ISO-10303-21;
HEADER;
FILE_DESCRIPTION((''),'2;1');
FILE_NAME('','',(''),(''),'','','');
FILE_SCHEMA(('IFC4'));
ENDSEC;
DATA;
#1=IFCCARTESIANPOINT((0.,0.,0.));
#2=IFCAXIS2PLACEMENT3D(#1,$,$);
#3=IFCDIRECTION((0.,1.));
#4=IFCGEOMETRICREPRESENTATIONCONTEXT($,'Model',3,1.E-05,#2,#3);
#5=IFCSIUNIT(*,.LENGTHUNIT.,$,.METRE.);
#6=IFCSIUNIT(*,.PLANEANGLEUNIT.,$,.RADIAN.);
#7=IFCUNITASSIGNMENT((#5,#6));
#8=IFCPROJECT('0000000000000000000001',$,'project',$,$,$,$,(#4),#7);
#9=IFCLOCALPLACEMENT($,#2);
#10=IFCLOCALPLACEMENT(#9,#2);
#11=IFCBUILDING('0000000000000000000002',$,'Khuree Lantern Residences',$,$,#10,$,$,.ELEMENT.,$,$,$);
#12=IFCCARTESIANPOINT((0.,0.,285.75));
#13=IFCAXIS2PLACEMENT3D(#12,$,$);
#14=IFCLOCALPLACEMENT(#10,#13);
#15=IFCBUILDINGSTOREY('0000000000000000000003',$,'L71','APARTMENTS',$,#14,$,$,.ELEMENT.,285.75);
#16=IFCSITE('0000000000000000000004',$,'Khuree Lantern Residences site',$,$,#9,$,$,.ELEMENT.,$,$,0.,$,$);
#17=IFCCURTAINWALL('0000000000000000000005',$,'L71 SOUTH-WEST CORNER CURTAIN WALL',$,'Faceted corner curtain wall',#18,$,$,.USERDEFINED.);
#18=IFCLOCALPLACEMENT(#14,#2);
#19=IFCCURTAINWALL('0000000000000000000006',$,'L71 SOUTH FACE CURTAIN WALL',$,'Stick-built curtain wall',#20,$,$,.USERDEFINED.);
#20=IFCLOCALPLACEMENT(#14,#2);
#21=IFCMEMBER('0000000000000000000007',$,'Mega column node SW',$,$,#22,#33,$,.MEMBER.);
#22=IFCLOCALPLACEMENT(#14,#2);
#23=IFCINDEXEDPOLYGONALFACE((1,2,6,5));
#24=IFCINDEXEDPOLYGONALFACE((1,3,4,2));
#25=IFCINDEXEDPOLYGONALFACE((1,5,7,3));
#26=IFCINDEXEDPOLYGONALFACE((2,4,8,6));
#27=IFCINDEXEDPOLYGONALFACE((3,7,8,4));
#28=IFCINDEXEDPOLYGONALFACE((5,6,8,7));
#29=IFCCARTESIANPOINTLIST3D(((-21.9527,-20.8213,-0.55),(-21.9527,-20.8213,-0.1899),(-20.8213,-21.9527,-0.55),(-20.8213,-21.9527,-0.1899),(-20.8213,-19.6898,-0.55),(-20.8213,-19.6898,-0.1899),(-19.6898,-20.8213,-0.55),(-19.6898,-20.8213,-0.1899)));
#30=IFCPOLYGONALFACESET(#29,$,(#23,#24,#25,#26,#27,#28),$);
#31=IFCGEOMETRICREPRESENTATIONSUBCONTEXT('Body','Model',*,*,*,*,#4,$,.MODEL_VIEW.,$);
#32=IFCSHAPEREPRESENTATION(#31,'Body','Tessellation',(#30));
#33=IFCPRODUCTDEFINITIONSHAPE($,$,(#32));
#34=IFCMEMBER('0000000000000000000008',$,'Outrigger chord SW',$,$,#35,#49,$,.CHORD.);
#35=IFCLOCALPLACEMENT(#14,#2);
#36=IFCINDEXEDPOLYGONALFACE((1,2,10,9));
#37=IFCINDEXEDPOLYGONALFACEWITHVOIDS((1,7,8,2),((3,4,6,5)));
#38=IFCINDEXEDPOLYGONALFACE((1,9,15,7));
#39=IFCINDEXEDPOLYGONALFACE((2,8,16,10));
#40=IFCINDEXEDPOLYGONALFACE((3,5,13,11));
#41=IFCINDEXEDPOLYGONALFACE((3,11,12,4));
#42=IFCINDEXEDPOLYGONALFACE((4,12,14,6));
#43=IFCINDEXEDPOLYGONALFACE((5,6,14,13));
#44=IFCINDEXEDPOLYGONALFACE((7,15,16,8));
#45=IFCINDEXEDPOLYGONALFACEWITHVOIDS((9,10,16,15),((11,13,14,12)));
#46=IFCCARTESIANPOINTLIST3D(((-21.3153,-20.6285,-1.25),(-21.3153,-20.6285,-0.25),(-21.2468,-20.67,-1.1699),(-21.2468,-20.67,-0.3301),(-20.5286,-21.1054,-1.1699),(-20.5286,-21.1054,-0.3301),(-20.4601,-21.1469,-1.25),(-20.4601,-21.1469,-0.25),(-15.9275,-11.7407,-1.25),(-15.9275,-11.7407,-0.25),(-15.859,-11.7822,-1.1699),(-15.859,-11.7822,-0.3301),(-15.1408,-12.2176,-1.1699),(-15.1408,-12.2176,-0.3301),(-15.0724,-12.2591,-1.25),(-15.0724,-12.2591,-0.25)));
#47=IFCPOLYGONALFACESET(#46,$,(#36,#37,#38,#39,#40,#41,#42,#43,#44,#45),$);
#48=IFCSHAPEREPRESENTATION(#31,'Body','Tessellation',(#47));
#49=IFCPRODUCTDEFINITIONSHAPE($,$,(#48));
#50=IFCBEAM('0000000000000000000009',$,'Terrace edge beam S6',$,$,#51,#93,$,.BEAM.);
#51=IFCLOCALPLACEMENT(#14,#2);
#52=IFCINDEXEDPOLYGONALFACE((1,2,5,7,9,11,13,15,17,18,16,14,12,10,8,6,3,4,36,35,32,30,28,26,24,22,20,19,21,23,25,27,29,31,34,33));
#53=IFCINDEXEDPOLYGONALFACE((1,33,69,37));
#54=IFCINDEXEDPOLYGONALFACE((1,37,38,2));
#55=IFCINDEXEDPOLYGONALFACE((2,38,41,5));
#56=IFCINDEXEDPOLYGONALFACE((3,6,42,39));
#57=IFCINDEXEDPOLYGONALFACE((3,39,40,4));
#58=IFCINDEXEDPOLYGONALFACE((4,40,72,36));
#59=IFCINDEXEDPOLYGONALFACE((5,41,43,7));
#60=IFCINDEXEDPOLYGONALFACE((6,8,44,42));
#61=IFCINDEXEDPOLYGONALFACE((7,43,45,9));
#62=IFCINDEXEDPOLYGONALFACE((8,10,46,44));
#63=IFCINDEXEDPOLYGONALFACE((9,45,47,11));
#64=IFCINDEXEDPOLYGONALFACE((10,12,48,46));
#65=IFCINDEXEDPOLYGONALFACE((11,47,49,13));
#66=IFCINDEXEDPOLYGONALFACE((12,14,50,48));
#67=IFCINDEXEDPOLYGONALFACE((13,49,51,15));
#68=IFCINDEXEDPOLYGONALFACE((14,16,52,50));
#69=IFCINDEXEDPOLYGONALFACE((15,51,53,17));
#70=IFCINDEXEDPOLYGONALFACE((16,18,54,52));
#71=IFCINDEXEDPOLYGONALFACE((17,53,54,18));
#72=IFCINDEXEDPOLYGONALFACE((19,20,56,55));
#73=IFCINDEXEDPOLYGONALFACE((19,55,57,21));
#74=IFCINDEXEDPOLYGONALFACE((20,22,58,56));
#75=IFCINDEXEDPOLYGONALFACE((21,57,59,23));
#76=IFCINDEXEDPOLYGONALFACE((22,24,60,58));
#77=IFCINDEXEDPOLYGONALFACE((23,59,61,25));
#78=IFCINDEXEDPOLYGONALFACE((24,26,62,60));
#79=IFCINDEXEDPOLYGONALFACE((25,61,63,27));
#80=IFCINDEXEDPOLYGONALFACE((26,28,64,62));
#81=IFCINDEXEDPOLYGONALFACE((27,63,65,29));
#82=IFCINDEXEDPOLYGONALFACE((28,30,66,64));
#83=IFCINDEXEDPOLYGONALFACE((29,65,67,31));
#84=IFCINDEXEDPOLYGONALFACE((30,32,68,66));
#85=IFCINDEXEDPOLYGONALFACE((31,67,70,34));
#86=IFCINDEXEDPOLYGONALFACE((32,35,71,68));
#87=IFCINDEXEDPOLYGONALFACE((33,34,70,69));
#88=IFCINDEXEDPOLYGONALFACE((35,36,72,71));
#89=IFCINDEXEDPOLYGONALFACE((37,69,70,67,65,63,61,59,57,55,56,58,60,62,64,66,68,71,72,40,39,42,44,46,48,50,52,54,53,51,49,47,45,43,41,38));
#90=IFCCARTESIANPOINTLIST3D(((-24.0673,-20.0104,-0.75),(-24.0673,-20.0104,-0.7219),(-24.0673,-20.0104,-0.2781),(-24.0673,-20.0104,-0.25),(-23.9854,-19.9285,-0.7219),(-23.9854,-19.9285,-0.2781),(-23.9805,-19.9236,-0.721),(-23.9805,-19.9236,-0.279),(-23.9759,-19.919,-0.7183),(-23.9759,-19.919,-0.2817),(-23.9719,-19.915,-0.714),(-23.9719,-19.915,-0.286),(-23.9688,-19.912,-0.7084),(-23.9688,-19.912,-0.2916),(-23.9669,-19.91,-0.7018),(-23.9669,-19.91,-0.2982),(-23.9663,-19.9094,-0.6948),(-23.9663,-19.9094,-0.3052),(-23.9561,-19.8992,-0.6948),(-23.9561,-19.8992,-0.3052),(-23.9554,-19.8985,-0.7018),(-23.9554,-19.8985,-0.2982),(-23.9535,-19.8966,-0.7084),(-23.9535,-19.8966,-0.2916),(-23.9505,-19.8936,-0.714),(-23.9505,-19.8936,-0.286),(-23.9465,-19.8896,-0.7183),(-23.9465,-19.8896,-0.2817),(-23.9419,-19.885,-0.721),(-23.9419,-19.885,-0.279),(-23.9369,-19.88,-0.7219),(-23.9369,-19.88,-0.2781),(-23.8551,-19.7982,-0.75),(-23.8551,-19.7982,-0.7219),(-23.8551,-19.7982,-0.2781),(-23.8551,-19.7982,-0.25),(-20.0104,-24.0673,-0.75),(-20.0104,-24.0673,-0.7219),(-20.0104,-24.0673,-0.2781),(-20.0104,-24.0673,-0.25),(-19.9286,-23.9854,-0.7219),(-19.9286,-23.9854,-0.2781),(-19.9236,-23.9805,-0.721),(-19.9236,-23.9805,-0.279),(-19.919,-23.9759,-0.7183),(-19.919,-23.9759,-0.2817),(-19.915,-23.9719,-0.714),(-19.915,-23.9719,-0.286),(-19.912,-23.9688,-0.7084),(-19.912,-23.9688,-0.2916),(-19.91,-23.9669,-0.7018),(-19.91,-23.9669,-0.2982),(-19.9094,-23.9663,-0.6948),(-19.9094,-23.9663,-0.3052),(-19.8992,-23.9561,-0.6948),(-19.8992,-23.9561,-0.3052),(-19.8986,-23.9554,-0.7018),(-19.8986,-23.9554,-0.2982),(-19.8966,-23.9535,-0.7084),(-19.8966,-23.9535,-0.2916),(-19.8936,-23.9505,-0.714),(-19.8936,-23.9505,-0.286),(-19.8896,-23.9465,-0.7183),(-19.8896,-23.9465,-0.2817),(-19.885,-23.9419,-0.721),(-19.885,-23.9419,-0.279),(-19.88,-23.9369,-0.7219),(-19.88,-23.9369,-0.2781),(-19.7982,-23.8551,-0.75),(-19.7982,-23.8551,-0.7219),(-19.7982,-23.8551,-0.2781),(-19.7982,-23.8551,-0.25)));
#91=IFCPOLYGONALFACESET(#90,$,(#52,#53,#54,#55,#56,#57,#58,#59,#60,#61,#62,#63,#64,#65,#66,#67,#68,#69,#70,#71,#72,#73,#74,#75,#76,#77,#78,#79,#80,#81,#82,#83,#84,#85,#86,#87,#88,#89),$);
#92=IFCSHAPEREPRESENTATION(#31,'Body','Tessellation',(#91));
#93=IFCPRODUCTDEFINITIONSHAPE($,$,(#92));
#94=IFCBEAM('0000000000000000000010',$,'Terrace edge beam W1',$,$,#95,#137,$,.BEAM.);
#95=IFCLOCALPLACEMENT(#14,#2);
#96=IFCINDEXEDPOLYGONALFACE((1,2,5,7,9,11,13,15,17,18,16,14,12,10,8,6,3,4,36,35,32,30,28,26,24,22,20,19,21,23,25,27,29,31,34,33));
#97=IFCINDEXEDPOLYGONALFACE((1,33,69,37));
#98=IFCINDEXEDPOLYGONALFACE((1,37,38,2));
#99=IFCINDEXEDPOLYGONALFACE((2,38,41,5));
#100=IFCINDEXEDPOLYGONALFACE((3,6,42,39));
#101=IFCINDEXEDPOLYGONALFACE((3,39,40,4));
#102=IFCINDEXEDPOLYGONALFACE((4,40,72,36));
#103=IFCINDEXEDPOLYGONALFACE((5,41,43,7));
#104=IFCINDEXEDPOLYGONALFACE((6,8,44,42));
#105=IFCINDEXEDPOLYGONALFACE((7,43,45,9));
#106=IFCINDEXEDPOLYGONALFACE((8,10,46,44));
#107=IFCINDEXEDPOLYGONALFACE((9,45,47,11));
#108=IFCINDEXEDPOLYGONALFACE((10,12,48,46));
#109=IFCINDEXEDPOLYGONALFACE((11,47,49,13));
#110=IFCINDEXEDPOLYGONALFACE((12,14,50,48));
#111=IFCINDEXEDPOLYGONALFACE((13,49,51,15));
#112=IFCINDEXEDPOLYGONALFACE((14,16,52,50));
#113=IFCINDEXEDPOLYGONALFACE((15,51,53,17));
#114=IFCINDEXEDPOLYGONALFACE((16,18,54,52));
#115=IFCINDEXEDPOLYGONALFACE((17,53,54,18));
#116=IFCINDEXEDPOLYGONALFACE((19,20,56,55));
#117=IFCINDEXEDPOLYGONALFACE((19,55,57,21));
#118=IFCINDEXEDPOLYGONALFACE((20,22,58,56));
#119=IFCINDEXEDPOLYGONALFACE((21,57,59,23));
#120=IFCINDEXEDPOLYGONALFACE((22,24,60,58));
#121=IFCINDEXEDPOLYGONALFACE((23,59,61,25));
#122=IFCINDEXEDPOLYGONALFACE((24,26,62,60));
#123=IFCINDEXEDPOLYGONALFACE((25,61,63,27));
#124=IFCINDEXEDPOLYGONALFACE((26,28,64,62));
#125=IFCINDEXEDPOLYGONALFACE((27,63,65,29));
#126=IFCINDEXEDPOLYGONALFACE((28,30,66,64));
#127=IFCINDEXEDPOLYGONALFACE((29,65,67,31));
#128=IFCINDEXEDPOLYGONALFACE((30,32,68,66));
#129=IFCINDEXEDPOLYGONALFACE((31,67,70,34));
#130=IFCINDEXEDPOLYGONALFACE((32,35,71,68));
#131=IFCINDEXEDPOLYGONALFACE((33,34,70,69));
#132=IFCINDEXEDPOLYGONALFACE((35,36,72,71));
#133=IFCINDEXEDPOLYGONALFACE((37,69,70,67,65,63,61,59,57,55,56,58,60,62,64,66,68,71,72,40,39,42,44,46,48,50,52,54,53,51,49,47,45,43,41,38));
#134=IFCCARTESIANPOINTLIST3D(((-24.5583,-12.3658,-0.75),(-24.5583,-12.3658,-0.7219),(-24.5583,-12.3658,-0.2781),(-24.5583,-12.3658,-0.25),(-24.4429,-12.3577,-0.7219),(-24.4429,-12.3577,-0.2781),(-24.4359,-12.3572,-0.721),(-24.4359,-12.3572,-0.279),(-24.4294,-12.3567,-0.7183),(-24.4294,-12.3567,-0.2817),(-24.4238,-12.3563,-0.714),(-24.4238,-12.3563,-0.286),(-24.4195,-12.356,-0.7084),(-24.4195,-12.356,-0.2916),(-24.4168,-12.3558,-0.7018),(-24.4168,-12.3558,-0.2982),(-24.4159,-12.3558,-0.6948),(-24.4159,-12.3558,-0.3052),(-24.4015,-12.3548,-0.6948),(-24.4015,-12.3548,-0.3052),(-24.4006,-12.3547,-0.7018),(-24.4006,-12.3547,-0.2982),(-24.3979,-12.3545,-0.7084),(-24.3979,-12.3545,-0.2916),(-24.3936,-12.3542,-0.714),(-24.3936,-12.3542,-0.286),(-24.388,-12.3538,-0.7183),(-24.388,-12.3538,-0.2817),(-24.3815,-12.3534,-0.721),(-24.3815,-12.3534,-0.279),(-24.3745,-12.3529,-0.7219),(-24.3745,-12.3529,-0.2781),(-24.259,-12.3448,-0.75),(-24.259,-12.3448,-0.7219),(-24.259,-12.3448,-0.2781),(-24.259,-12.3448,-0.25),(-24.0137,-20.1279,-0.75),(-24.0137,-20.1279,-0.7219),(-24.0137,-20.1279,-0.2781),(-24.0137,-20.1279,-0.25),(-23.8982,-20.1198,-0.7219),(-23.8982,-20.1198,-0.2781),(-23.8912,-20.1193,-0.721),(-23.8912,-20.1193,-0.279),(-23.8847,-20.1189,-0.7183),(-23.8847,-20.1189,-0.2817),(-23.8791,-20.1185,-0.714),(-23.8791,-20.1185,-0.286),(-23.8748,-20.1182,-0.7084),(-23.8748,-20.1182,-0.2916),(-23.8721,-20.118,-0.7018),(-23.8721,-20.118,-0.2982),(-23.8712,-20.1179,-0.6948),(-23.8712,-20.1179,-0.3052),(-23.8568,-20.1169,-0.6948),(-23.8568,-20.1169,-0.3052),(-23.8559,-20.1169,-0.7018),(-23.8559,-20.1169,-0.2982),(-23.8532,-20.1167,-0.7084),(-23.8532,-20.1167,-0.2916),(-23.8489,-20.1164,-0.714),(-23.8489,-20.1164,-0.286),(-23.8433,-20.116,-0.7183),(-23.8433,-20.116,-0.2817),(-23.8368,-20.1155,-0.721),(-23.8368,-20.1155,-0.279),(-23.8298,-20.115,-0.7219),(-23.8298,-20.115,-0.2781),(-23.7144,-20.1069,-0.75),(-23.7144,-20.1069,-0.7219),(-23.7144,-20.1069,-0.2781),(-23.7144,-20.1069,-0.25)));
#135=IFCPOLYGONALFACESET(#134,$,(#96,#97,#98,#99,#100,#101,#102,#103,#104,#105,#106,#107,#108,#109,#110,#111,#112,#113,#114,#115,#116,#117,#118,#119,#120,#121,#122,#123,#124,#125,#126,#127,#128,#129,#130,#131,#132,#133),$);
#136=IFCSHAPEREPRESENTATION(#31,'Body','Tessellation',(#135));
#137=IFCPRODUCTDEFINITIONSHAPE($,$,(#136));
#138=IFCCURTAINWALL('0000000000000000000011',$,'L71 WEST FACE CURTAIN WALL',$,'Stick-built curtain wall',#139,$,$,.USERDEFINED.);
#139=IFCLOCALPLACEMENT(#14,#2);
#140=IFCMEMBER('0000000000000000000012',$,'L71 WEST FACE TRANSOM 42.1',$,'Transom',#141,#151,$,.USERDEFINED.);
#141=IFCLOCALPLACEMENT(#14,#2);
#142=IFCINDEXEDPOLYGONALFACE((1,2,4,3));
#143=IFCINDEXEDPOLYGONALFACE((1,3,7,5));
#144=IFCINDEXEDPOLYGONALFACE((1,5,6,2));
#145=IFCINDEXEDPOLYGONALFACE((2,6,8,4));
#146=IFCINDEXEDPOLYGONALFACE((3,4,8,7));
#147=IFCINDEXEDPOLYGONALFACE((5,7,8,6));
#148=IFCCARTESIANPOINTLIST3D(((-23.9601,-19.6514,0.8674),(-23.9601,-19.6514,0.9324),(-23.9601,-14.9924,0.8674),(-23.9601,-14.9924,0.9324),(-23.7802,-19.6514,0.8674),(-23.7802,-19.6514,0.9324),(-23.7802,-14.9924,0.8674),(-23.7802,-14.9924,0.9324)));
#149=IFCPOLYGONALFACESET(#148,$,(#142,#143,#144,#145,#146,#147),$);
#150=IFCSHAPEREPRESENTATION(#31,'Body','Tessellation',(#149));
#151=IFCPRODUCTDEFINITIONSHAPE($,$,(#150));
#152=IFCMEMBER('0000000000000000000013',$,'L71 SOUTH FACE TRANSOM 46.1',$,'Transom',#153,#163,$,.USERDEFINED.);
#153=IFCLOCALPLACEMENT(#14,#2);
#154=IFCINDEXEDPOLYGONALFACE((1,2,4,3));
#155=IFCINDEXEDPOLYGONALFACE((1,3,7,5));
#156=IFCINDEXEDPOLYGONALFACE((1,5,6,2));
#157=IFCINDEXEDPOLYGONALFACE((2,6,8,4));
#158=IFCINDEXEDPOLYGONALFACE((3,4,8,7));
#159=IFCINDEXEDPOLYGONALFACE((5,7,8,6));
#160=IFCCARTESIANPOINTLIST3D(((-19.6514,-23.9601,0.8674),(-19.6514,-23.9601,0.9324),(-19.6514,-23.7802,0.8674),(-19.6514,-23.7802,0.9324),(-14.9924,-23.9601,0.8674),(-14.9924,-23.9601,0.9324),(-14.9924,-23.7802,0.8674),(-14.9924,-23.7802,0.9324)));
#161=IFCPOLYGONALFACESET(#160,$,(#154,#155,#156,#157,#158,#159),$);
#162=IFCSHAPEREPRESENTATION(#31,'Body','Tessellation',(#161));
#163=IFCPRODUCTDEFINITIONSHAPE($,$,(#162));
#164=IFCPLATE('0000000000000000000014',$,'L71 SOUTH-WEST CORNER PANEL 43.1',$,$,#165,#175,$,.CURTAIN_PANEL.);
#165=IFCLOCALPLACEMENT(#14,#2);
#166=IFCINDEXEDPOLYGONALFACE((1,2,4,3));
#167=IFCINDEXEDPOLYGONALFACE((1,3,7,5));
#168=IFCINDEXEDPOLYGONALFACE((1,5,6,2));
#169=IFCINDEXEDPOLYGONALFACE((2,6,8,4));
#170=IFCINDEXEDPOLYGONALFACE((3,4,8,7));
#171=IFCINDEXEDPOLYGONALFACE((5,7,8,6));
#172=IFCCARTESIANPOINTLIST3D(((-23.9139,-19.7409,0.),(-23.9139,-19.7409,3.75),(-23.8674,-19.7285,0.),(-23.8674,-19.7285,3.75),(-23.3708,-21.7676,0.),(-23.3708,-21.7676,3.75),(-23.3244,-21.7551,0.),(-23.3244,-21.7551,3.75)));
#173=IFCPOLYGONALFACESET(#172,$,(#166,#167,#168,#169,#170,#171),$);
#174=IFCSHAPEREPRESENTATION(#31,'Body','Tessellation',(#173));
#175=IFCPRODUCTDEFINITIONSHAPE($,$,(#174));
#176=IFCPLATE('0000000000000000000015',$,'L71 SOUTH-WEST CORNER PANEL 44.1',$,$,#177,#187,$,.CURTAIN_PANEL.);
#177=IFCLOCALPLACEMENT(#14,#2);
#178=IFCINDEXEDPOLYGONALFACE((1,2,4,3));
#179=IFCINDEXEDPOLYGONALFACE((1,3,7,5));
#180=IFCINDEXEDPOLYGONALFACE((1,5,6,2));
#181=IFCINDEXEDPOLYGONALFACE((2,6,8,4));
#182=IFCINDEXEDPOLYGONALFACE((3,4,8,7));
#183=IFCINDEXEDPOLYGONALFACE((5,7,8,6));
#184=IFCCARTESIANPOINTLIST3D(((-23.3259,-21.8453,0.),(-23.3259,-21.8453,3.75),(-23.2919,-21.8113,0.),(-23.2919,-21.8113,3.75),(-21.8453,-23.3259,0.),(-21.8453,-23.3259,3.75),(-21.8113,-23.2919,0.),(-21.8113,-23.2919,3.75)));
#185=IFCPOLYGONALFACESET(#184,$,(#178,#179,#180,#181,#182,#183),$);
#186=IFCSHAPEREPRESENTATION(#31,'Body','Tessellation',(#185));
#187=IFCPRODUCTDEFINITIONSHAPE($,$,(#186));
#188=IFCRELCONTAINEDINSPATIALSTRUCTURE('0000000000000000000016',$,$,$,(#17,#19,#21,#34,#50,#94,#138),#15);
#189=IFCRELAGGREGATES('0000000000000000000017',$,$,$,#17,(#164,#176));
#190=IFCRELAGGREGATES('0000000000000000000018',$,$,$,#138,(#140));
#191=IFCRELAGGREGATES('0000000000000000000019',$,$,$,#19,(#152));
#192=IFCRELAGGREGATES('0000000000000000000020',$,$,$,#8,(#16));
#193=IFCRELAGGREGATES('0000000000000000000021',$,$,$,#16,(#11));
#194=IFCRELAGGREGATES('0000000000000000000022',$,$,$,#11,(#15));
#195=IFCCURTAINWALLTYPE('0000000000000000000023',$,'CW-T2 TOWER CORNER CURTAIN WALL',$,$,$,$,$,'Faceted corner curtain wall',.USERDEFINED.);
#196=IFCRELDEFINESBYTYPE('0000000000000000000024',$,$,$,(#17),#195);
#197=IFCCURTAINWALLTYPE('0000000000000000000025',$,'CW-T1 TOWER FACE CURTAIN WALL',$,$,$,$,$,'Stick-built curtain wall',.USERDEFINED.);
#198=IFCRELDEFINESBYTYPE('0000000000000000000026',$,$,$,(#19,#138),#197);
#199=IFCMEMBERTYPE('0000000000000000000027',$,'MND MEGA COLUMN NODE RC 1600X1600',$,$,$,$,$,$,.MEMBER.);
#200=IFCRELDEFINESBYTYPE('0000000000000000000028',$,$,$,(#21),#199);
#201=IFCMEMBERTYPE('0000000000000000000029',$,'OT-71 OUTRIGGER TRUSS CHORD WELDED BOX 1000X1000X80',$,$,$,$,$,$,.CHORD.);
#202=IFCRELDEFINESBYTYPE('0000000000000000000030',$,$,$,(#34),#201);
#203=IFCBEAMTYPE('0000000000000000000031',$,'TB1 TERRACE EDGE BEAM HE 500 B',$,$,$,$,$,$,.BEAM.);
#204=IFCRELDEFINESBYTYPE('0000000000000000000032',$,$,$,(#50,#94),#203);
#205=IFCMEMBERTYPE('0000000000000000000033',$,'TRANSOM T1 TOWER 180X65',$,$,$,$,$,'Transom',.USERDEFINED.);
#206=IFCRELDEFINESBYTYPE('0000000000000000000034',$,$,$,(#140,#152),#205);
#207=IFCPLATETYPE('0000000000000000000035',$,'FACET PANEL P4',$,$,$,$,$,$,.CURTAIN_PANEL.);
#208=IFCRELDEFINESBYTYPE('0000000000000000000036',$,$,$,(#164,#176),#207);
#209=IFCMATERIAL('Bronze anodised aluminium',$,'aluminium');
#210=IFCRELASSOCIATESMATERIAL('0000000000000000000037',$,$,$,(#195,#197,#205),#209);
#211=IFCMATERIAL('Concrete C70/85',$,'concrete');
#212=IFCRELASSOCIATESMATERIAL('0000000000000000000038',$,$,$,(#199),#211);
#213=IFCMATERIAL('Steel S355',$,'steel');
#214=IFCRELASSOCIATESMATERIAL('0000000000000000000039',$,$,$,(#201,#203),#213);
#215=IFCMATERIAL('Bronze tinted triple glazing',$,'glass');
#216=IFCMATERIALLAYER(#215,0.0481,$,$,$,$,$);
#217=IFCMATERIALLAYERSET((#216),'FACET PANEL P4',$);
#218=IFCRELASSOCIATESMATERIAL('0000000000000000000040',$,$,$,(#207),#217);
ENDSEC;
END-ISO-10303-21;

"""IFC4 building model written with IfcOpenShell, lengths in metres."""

from ifc_helpers import new_model, si_unit, direction, frame, origin, origin_2d, place, context, subcontext, project, spatial, rectangle, hollow_rectangle, i_section, extrude, material, layer, layer_set, material_profile, profile_set, type_object, element, aggregate, save


model = new_model("IFC4")

# Units and contexts
model_context = context("Model", 3, precision=1e-05, world=origin(), true_north=direction((0.0, 1.0)))
body_context = subcontext(model_context, "Body", "Model", "MODEL_VIEW")
ifc_project = project(units=[si_unit("LENGTHUNIT", "METRE"), si_unit("PLANEANGLEUNIT", "RADIAN")], contexts=[model_context])

# Site, building, storey
site_placement = place(None, origin())
site = spatial("IfcSite", under=ifc_project, at=site_placement, Name="Khuree Lantern Residences site", CompositionType="ELEMENT", RefElevation=0.0)
building_placement = place(site_placement, origin())
building = spatial("IfcBuilding", under=site, at=building_placement, Name="Khuree Lantern Residences", CompositionType="ELEMENT")
storey_placement = place(building_placement, frame((0.0, 0.0, 285.75)))
storey = spatial("IfcBuildingStorey", under=building, at=storey_placement, Name="L71", Description="APARTMENTS", CompositionType="ELEMENT", Elevation=285.75)

# Shared definitions
ifc_material_1 = material(Name="Concrete C70/85", Category="concrete")

# Shared definitions
ifc_material_2 = material(Name="Steel S355", Category="steel")

# Curtain wall
ifc_material_3 = material(Name="Bronze anodised aluminium", Category="aluminium")
curtain_wall_type_1 = type_object("IfcCurtainWallType", Name="CW-T2 TOWER CORNER CURTAIN WALL", ElementType="Faceted corner curtain wall", PredefinedType="USERDEFINED", material=ifc_material_3)
curtain_wall_1_placement = place(storey_placement, origin())
curtain_wall_1 = element("IfcCurtainWall", 1, at=curtain_wall_1_placement, inside=storey, type_object=curtain_wall_type_1, Name="L71 SOUTH-WEST CORNER CURTAIN WALL", ObjectType="Faceted corner curtain wall", PredefinedType="USERDEFINED")

# Curtain wall
curtain_wall_type_2 = type_object("IfcCurtainWallType", Name="CW-T1 TOWER FACE CURTAIN WALL", ElementType="Stick-built curtain wall", PredefinedType="USERDEFINED", material=ifc_material_3)
curtain_wall_2_placement = place(storey_placement, origin())
curtain_wall_2 = element("IfcCurtainWall", 2, at=curtain_wall_2_placement, inside=storey, type_object=curtain_wall_type_2, Name="L71 SOUTH FACE CURTAIN WALL", ObjectType="Stick-built curtain wall", PredefinedType="USERDEFINED")

# Members
ifc_material_profile_1 = material_profile(ifc_material_1, rectangle(XDim=1.6001, YDim=1.6001, at=origin_2d()), Name="RC 1600X1600")
ifc_profile_set_1 = profile_set([ifc_material_profile_1], Name="Concrete C70/85")
member_type_1 = type_object("IfcMemberType", Name="MND MEGA COLUMN NODE RC 1600X1600", PredefinedType="MEMBER", material=ifc_profile_set_1)
member_1_placement = place(storey_placement, frame((-20.8213, -20.8213, -0.55), z_axis=(0.0, 0.0, 1.0), x_axis=(0.707107, -0.707107, 0.0)))
element("IfcMember", 3, at=member_1_placement, inside=storey, type_object=member_type_1, Name="Mega column node SW", PredefinedType="MEMBER", context=body_context, shape_type="SweptSolid", body=[
    extrude(rectangle(XDim=1.6001, YDim=1.6001, at=origin_2d()), origin(), (0.0, 0.0, 1.0), 0.3601),
])
ifc_material_profile_2 = material_profile(ifc_material_2, hollow_rectangle(XDim=1.0, YDim=1.0, WallThickness=0.0801, at=origin_2d()), Name="WELDED BOX 1000X1000X80")
ifc_profile_set_2 = profile_set([ifc_material_profile_2], Name="Steel S355")
member_type_2 = type_object("IfcMemberType", Name="OT-71 OUTRIGGER TRUSS CHORD WELDED BOX 1000X1000X80", PredefinedType="CHORD", material=ifc_profile_set_2)
member_2_placement = place(storey_placement, frame((-20.8877, -20.8877, -0.75), z_axis=(0.518387, 0.855146, 0.0), x_axis=(-0.855146, 0.518387, 0.0)))
element("IfcMember", 4, at=member_2_placement, inside=storey, type_object=member_type_2, Name="Outrigger chord SW", PredefinedType="CHORD", context=body_context, shape_type="SweptSolid", body=[
    extrude(hollow_rectangle(XDim=1.0, YDim=1.0, WallThickness=0.0801, at=origin_2d()), origin(), (0.0, 0.0, 1.0), 10.3933),
])

# Beams
ifc_material_profile_3 = material_profile(ifc_material_2, i_section(OverallWidth=0.3, OverallDepth=0.5, WebThickness=0.0144, FlangeThickness=0.0281, FilletRadius=0.0271, at=origin_2d()), Name="HE 500 B")
ifc_profile_set_3 = profile_set([ifc_material_profile_3], Name="Steel S355")
beam_type_1 = type_object("IfcBeamType", Name="TB1 TERRACE EDGE BEAM HE 500 B", PredefinedType="BEAM", material=ifc_profile_set_3)
beam_1_placement = place(storey_placement, frame((-19.9043, -23.9612, -0.5), z_axis=(-0.707107, 0.707107, 0.0), x_axis=(-0.707107, -0.707107, 0.0)))
element("IfcBeam", 5, at=beam_1_placement, inside=storey, type_object=beam_type_1, Name="Terrace edge beam S6", PredefinedType="BEAM", context=body_context, shape_type="SweptSolid", body=[
    extrude(i_section(OverallWidth=0.3, OverallDepth=0.5, WebThickness=0.0144, FlangeThickness=0.0281, FilletRadius=0.0271, at=origin_2d()), origin(), (0.0, 0.0, 1.0), 5.7373),
])
beam_2_placement = place(storey_placement, frame((-23.864, -20.1174, -0.5), z_axis=(-0.069998, 0.997547, 0.0), x_axis=(-0.997547, -0.069998, 0.0)))
element("IfcBeam", 6, at=beam_2_placement, inside=storey, type_object=beam_type_1, Name="Terrace edge beam W1", PredefinedType="BEAM", context=body_context, shape_type="SweptSolid", body=[
    extrude(i_section(OverallWidth=0.3, OverallDepth=0.5, WebThickness=0.0144, FlangeThickness=0.0281, FilletRadius=0.0271, at=origin_2d()), origin(), (0.0, 0.0, 1.0), 7.7812),
])

# Curtain wall, member
curtain_wall_3_placement = place(storey_placement, origin())
curtain_wall_3 = element("IfcCurtainWall", 7, at=curtain_wall_3_placement, inside=storey, type_object=curtain_wall_type_2, Name="L71 WEST FACE CURTAIN WALL", ObjectType="Stick-built curtain wall", PredefinedType="USERDEFINED")
ifc_material_profile_4 = material_profile(ifc_material_3, rectangle(XDim=0.1799, YDim=0.0649, at=origin_2d()), Name="T1 180X65")
ifc_profile_set_4 = profile_set([ifc_material_profile_4], Name="Bronze anodised aluminium")
member_type_3 = type_object("IfcMemberType", Name="TRANSOM T1 TOWER 180X65", ElementType="Transom", PredefinedType="USERDEFINED", material=ifc_profile_set_4)
member_3_placement = place(storey_placement, frame((-23.8701, -14.9924, 0.8999), z_axis=(0.0, -1.0, 0.0), x_axis=(1.0, 0.0, 0.0)))
member_3 = element("IfcMember", 8, at=member_3_placement, type_object=member_type_3, Name="L71 WEST FACE TRANSOM 42.1", ObjectType="Transom", PredefinedType="USERDEFINED", context=body_context, shape_type="SweptSolid", body=[
    extrude(rectangle(XDim=0.1799, YDim=0.0649, at=origin_2d()), origin(), (0.0, 0.0, 1.0), 4.6589),
])

# Member
member_4_placement = place(storey_placement, frame((-19.6514, -23.8701, 0.8999), z_axis=(1.0, 0.0, 0.0), x_axis=(0.0, 1.0, 0.0)))
member_4 = element("IfcMember", 9, at=member_4_placement, type_object=member_type_3, Name="L71 SOUTH FACE TRANSOM 46.1", ObjectType="Transom", PredefinedType="USERDEFINED", context=body_context, shape_type="SweptSolid", body=[
    extrude(rectangle(XDim=0.1799, YDim=0.0649, at=origin_2d()), origin(), (0.0, 0.0, 1.0), 4.6589),
])

# Plates
ifc_material_4 = material(Name="Bronze tinted triple glazing", Category="glass")
ifc_layer_1 = layer(ifc_material_4, 0.0481)
ifc_layer_set_1 = layer_set([ifc_layer_1], Name="FACET PANEL P4")
plate_type_1 = type_object("IfcPlateType", Name="FACET PANEL P4", PredefinedType="CURTAIN_PANEL", material=ifc_layer_set_1)
plate_1_placement = place(storey_placement, frame((-23.6191, -20.748, 0.0), z_axis=(0.0, 0.0, 1.0), x_axis=(0.258819, -0.965926, 0.0)))
plate_1 = element("IfcPlate", 10, at=plate_1_placement, type_object=plate_type_1, Name="L71 SOUTH-WEST CORNER PANEL 43.1", PredefinedType="CURTAIN_PANEL", context=body_context, shape_type="SweptSolid", body=[
    extrude(rectangle(XDim=2.0981, YDim=0.0481, at=origin_2d()), origin(), (0.0, 0.0, 1.0), 3.75),
])
plate_2_placement = place(storey_placement, frame((-22.5686, -22.5686, 0.0), z_axis=(0.0, 0.0, 1.0), x_axis=(0.707107, -0.707107, 0.0)))
plate_2 = element("IfcPlate", 11, at=plate_2_placement, type_object=plate_type_1, Name="L71 SOUTH-WEST CORNER PANEL 44.1", PredefinedType="CURTAIN_PANEL", context=body_context, shape_type="SweptSolid", body=[
    extrude(rectangle(XDim=2.094, YDim=0.0481, at=origin_2d()), origin(), (0.0, 0.0, 1.0), 3.75),
])
aggregate(curtain_wall_1, [plate_1, plate_2])
aggregate(curtain_wall_3, [member_3])
aggregate(curtain_wall_2, [member_4])

save(model, "model.ifc")
